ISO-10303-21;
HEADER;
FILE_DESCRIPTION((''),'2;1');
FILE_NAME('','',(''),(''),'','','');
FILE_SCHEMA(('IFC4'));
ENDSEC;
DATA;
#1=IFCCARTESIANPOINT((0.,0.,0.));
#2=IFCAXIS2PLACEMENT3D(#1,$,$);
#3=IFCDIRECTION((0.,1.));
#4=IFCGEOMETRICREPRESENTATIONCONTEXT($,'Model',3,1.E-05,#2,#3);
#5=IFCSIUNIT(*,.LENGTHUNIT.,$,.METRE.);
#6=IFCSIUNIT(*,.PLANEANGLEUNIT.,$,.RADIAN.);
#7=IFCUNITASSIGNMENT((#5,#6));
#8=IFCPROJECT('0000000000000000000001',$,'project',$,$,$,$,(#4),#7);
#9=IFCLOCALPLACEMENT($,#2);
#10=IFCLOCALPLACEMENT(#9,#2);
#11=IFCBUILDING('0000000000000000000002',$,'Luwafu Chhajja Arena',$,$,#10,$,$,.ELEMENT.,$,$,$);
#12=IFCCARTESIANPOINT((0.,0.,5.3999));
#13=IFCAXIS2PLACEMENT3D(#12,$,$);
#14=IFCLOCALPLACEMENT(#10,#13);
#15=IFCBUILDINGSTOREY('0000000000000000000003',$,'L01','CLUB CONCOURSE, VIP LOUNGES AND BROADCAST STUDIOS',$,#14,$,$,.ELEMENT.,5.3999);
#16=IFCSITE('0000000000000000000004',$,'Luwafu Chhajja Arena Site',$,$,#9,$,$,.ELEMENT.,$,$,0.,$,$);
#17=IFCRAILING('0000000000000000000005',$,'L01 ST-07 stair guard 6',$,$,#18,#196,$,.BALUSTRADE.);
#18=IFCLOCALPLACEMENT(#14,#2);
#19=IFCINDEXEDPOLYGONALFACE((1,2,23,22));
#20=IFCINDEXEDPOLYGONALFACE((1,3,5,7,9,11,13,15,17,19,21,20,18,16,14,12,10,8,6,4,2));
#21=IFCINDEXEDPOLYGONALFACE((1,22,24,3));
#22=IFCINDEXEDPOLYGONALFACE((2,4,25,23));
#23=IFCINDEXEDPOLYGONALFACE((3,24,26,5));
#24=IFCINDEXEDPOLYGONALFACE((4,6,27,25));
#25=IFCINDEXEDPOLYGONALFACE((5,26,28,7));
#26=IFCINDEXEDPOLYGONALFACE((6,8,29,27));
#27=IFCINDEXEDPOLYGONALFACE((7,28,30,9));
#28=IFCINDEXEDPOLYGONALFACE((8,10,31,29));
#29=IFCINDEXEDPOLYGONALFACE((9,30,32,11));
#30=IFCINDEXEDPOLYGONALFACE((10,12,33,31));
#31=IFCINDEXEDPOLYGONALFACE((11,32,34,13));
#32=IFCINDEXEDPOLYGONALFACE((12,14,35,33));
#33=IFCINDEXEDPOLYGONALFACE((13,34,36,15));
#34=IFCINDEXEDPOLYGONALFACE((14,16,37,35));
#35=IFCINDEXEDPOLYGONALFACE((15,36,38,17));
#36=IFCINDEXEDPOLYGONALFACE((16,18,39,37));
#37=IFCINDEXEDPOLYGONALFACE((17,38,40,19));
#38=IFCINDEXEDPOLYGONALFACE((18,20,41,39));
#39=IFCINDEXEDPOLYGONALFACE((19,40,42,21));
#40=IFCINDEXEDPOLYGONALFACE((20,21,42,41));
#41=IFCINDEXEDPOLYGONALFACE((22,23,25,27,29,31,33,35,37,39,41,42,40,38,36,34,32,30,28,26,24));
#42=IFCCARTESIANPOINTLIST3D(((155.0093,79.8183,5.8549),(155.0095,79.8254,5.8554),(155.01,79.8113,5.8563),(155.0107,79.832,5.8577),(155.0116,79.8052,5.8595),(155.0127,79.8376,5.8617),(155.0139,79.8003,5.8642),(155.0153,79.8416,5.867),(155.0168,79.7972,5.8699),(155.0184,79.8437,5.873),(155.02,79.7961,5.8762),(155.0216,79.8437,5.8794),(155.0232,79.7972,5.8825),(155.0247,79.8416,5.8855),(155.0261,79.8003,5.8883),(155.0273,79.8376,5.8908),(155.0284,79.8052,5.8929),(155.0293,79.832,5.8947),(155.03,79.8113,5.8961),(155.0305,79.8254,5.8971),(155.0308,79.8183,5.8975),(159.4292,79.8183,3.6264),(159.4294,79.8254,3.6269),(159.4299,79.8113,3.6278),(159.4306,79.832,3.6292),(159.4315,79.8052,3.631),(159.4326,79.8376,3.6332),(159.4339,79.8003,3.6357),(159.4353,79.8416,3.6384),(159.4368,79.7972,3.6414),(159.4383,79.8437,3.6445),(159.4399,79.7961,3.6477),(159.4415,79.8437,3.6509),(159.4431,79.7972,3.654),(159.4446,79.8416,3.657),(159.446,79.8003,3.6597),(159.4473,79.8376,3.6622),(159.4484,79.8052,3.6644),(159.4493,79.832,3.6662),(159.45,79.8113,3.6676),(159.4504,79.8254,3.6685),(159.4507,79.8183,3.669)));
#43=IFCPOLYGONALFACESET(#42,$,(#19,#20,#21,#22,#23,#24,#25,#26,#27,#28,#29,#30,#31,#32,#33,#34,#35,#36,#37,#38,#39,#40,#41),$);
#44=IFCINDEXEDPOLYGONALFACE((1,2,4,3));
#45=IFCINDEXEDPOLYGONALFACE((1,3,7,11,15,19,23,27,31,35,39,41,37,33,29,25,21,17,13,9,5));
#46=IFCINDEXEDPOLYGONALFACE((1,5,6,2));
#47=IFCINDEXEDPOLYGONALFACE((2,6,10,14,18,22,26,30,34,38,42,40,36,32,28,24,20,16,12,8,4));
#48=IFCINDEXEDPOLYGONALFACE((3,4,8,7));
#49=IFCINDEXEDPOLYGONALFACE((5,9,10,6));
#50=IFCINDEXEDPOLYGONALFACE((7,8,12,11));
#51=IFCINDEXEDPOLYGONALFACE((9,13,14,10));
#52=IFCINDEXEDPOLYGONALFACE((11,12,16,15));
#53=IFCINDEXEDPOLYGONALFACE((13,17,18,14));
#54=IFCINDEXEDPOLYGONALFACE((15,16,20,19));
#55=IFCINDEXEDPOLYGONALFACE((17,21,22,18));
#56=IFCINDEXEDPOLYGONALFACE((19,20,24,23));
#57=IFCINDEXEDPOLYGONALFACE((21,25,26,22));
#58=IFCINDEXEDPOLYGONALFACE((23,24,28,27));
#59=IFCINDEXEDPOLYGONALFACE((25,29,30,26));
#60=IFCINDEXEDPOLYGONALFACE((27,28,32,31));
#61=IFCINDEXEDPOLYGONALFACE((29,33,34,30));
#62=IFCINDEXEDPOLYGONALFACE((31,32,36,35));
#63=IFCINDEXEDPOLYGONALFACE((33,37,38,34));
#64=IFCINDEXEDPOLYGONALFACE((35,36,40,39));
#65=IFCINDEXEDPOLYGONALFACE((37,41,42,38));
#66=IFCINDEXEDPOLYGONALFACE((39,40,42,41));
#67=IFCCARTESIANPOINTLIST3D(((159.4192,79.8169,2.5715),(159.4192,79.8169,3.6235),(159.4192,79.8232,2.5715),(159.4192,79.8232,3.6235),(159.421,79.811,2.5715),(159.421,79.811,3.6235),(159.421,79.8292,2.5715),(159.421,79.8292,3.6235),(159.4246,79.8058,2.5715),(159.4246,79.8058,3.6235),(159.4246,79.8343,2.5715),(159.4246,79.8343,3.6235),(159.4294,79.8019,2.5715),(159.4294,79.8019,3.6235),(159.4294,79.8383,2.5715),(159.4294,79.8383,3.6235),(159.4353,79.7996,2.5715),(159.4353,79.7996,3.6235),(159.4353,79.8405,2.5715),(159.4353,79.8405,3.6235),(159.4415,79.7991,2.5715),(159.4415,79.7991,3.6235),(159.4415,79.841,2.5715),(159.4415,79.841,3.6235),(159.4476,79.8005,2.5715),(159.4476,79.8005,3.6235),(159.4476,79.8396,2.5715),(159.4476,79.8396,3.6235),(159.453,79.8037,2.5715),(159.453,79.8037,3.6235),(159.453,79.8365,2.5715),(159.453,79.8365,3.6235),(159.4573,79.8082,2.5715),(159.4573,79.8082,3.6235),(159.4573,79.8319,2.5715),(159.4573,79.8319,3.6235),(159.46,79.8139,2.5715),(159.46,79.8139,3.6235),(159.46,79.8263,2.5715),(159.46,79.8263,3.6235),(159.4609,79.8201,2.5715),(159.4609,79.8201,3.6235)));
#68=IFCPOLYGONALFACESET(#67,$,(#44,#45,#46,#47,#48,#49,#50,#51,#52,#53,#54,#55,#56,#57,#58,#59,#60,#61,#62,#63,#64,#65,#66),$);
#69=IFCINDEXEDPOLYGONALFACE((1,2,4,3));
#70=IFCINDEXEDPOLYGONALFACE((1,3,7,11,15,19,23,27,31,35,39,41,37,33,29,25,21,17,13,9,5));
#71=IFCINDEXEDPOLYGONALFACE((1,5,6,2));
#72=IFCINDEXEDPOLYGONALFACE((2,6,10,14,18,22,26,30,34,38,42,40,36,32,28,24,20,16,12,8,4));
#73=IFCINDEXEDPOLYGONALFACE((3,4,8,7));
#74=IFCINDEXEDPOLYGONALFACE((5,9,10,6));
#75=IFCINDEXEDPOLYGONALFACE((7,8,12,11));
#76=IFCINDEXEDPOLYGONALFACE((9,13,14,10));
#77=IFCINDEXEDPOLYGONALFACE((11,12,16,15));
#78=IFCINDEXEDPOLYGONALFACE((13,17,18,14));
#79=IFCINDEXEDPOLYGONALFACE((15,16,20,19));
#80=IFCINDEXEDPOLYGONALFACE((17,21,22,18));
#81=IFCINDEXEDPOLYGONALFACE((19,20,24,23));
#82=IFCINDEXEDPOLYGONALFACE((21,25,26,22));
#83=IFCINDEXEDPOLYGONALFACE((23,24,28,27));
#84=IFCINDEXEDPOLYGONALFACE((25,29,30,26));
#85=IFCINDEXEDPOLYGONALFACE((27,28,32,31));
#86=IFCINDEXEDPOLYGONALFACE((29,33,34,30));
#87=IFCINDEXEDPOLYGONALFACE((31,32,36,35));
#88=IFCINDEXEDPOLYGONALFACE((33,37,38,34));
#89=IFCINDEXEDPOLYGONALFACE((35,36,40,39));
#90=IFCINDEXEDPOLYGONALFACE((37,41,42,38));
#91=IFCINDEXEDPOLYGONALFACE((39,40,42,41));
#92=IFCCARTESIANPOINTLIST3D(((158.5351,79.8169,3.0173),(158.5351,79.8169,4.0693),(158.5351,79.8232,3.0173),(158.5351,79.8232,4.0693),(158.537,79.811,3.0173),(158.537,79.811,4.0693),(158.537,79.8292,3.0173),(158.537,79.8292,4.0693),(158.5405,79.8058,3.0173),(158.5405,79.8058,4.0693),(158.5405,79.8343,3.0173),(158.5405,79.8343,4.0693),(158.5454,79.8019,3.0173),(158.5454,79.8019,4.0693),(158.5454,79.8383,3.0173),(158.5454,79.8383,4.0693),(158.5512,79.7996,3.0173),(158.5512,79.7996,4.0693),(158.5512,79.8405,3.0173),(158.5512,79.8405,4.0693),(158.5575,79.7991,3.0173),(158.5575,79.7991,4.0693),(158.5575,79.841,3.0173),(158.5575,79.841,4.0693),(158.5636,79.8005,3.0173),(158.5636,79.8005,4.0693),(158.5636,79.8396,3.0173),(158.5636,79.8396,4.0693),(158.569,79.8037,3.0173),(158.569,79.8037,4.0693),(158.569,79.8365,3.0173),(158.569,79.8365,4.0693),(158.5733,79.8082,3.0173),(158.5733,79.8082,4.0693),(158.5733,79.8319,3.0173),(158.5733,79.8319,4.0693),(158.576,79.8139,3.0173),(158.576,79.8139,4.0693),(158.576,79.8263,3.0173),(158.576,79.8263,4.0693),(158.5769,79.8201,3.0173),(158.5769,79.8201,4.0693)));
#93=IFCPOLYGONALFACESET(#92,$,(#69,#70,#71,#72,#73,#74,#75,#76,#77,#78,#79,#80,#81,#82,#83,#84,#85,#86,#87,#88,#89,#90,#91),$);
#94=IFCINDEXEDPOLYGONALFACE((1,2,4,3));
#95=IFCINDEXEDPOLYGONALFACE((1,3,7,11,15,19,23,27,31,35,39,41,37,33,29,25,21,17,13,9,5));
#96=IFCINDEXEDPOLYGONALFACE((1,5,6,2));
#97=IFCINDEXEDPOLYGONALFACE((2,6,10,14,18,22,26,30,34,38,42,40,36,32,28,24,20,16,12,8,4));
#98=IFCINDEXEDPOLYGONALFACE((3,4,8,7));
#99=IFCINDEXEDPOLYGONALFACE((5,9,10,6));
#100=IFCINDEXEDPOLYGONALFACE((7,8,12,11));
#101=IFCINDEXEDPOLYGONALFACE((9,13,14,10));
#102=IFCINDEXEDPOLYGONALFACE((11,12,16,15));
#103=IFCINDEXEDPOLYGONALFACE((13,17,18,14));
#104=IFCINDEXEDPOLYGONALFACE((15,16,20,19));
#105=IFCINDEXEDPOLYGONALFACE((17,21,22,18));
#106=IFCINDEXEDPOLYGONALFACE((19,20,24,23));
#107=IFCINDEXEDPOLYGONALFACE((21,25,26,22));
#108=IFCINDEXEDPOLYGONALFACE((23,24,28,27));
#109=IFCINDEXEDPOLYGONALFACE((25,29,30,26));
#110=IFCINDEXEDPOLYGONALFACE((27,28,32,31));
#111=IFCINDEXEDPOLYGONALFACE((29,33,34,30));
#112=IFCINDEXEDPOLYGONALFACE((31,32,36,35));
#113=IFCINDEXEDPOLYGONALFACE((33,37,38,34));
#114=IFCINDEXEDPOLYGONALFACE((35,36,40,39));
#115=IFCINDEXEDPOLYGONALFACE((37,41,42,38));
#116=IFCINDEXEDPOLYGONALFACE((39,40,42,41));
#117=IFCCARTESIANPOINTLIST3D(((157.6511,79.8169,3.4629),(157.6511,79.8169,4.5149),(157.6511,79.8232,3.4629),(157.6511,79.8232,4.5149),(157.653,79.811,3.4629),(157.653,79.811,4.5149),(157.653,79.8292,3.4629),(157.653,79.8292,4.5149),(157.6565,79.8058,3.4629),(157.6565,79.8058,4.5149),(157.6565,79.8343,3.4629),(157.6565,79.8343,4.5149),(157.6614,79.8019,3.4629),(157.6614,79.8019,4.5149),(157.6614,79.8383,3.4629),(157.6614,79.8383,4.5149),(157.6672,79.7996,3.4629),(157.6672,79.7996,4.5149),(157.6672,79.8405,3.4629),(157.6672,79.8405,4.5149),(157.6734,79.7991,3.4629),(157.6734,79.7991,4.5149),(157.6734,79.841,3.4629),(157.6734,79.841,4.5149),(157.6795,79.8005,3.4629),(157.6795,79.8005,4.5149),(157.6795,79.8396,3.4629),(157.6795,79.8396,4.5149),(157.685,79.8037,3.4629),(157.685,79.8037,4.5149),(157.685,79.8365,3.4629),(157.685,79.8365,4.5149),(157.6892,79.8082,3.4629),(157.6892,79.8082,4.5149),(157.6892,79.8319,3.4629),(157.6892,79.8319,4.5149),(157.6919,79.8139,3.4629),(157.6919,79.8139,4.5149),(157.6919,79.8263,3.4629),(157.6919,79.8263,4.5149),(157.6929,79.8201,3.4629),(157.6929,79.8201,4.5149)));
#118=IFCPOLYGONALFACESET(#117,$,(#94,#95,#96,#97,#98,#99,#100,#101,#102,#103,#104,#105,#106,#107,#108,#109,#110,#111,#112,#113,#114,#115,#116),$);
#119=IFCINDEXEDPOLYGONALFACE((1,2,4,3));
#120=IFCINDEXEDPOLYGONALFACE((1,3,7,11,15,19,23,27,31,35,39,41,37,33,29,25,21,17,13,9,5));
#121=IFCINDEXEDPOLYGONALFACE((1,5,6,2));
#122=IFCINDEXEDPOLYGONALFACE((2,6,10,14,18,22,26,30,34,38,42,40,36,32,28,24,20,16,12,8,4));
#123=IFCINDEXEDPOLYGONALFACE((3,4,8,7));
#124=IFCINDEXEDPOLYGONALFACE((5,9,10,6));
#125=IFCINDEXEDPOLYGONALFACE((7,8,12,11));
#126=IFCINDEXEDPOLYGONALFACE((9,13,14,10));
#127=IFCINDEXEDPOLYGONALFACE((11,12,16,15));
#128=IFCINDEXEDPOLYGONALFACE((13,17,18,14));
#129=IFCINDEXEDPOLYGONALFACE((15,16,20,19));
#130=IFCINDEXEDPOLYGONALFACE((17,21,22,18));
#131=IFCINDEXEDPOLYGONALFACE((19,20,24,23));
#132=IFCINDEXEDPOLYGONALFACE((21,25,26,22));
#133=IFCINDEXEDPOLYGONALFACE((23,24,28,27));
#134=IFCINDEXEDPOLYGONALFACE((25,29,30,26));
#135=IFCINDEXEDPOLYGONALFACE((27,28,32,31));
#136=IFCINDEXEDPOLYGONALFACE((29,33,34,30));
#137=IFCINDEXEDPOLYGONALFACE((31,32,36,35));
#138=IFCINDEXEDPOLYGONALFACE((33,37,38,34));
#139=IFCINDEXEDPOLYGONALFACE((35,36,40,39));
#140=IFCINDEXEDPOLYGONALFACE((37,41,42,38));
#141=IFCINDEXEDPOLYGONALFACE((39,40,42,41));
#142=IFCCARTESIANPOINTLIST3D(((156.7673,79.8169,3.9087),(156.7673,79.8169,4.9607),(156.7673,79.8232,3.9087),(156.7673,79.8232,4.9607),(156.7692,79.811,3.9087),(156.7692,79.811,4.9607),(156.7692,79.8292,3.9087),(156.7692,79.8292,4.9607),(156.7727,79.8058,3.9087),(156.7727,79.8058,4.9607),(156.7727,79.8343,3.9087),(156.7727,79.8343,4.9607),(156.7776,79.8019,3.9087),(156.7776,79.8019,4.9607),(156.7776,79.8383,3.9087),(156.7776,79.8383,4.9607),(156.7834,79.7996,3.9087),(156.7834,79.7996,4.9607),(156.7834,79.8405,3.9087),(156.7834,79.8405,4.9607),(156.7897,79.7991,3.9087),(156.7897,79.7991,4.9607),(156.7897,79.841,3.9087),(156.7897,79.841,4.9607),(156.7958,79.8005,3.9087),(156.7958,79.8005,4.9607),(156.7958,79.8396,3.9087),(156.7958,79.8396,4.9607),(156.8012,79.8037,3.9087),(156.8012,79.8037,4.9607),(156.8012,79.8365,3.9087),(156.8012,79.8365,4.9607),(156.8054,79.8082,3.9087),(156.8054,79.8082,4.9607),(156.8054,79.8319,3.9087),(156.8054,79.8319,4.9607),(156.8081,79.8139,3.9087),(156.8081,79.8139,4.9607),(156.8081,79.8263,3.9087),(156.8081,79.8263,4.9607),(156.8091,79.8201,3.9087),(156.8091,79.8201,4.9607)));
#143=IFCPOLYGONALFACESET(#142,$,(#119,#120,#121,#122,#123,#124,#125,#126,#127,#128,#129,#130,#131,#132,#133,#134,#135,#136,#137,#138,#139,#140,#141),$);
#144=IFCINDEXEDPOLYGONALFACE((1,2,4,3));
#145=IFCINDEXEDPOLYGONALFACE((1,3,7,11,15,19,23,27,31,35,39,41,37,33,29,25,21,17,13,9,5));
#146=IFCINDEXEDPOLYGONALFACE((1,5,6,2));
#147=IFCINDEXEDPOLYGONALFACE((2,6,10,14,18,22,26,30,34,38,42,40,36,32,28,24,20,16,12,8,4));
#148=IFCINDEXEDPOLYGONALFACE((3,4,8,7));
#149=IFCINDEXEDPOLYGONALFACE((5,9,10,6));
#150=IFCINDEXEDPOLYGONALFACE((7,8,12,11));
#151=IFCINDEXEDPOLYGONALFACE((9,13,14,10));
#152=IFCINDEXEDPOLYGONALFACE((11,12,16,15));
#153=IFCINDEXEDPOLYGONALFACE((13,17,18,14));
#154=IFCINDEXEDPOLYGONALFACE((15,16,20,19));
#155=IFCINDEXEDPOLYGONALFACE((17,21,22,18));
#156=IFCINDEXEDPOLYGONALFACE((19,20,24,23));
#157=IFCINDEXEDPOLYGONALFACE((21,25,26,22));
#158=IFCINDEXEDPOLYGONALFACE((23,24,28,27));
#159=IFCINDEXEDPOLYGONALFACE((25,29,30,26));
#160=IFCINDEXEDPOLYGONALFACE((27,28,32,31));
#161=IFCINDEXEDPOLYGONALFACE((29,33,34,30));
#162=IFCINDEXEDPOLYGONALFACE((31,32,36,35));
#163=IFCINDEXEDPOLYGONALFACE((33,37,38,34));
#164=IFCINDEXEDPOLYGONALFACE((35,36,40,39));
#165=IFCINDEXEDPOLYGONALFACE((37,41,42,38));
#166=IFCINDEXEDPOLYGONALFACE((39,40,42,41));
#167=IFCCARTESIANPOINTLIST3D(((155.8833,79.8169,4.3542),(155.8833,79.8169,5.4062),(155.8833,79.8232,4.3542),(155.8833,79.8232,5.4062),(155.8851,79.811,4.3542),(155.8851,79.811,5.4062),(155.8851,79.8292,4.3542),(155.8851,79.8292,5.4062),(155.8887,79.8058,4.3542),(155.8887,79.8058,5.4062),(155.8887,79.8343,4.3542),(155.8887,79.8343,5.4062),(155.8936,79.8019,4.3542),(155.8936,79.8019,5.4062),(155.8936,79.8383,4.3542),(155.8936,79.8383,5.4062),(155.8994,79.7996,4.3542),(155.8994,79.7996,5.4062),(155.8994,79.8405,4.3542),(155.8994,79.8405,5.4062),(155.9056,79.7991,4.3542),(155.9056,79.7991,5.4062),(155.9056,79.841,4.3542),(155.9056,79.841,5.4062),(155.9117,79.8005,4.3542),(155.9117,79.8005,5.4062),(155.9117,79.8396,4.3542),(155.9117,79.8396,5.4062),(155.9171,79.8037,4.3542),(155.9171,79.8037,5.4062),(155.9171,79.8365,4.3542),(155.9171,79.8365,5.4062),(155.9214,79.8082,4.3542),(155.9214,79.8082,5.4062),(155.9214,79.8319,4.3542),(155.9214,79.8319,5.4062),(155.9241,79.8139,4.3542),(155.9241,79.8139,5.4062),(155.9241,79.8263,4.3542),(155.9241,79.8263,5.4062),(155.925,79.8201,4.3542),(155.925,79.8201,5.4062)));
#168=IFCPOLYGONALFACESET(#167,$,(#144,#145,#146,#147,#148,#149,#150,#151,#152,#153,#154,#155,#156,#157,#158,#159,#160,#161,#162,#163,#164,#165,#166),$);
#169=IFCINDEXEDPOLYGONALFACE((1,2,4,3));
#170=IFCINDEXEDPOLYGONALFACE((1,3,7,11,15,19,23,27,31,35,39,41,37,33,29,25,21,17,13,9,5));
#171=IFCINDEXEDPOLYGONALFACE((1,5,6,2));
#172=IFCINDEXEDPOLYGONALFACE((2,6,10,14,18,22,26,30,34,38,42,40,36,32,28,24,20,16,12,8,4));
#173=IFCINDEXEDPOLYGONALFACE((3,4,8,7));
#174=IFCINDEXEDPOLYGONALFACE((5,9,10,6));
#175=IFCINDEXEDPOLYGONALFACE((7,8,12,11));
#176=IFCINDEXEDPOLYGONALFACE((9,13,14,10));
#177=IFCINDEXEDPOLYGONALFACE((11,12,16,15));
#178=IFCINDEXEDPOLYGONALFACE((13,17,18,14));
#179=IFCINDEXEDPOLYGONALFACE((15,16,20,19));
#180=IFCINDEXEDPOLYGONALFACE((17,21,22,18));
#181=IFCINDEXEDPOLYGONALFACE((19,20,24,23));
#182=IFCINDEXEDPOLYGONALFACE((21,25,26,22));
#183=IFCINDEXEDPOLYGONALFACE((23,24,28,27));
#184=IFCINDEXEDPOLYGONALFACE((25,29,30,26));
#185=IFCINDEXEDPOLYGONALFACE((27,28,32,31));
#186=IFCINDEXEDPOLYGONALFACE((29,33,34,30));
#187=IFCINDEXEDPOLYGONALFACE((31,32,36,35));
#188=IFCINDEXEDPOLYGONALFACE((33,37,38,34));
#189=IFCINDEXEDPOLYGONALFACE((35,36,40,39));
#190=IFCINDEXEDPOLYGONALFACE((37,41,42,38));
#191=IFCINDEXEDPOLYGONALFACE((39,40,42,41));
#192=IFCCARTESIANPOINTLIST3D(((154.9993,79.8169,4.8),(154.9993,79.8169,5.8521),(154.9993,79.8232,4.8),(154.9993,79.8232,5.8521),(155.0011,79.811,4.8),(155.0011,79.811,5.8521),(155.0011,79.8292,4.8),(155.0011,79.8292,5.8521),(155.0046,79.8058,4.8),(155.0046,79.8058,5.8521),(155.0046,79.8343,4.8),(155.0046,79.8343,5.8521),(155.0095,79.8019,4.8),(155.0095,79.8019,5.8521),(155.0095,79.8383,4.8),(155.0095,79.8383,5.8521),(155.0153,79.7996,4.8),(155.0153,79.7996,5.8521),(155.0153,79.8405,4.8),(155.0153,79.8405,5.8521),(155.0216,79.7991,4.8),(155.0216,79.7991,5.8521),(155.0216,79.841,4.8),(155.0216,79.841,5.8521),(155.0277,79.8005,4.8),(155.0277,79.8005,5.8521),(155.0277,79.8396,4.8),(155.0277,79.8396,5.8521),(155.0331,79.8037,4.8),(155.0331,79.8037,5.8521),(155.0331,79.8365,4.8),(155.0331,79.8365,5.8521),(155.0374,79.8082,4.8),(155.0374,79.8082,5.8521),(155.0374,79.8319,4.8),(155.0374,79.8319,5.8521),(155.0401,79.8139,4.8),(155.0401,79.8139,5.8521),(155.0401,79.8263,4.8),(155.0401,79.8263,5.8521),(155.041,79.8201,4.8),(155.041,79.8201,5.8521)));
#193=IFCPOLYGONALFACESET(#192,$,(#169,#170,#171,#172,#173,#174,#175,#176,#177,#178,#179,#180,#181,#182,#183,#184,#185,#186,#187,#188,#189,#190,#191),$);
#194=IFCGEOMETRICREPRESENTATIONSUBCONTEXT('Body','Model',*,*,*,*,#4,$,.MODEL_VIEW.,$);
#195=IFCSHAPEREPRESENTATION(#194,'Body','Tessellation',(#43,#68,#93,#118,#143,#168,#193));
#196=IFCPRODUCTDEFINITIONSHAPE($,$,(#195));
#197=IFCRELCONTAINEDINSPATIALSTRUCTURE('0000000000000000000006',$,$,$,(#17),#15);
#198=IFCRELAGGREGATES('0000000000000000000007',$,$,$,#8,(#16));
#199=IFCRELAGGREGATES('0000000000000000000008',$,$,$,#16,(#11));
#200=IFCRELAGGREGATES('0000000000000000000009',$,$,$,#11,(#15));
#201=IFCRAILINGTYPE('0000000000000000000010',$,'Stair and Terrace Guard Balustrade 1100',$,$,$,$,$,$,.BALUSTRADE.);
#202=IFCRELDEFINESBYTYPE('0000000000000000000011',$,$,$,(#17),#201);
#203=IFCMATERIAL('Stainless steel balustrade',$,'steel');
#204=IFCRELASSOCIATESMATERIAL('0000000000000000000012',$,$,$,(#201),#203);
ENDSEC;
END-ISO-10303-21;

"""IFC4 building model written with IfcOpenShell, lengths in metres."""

from ifc_helpers import new_model, si_unit, direction, frame, origin, origin_2d, place, context, subcontext, project, spatial, circle, extrude, material, type_object, element, save


model = new_model("IFC4")

# Units and contexts
model_context = context("Model", 3, precision=1e-05, world=origin(), true_north=direction((0.0, 1.0)))
body_context = subcontext(model_context, "Body", "Model", "MODEL_VIEW")
ifc_project = project(units=[si_unit("LENGTHUNIT", "METRE"), si_unit("PLANEANGLEUNIT", "RADIAN")], contexts=[model_context])

# Site, building, storey
site_placement = place(None, origin())
site = spatial("IfcSite", under=ifc_project, at=site_placement, Name="Luwafu Chhajja Arena Site", CompositionType="ELEMENT", RefElevation=0.0)
building_placement = place(site_placement, origin())
building = spatial("IfcBuilding", under=site, at=building_placement, Name="Luwafu Chhajja Arena", CompositionType="ELEMENT")
storey_placement = place(building_placement, frame((0.0, 0.0, 5.3999)))
storey = spatial("IfcBuildingStorey", under=building, at=storey_placement, Name="L01", Description="CLUB CONCOURSE, VIP LOUNGES AND BROADCAST STUDIOS", CompositionType="ELEMENT", Elevation=5.3999)

# Railing
ifc_material_1 = material(Name="Stainless steel balustrade", Category="steel")
railing_type_1 = type_object("IfcRailingType", Name="Stair and Terrace Guard Balustrade 1100", PredefinedType="BALUSTRADE", material=ifc_material_1)
railing_1_placement = place(storey_placement, frame((159.4399, 79.8201, 2.5715)))
element("IfcRailing", 1, at=railing_1_placement, inside=storey, type_object=railing_type_1, Name="L01 ST-07 stair guard 6", PredefinedType="BALUSTRADE", context=body_context, shape_type="SweptSolid", body=[
    extrude(circle(Radius=0.0239, at=origin_2d()), frame((0.0, 0.0, 1.0762), z_axis=(-0.892923, 0.0, 0.45021), x_axis=(0.0, -1.0, 0.0)), (0.0, 0.0, 1.0), 4.95),
    extrude(circle(Radius=0.021, at=origin_2d()), origin(), (0.0, 0.0, 1.0), 1.052),
    extrude(circle(Radius=0.021, at=origin_2d()), frame((-0.884, 0.0, 0.4458)), (0.0, 0.0, 1.0), 1.052),
    extrude(circle(Radius=0.021, at=origin_2d()), frame((-1.7681, 0.0, 0.8914)), (0.0, 0.0, 1.0), 1.052),
    extrude(circle(Radius=0.021, at=origin_2d()), frame((-2.6519, 0.0, 1.3372)), (0.0, 0.0, 1.0), 1.052),
    extrude(circle(Radius=0.021, at=origin_2d()), frame((-3.5359, 0.0, 1.7827)), (0.0, 0.0, 1.0), 1.052),
    extrude(circle(Radius=0.021, at=origin_2d()), frame((-4.4199, 0.0, 2.2285)), (0.0, 0.0, 1.0), 1.052),
])

save(model, "model.ifc")
